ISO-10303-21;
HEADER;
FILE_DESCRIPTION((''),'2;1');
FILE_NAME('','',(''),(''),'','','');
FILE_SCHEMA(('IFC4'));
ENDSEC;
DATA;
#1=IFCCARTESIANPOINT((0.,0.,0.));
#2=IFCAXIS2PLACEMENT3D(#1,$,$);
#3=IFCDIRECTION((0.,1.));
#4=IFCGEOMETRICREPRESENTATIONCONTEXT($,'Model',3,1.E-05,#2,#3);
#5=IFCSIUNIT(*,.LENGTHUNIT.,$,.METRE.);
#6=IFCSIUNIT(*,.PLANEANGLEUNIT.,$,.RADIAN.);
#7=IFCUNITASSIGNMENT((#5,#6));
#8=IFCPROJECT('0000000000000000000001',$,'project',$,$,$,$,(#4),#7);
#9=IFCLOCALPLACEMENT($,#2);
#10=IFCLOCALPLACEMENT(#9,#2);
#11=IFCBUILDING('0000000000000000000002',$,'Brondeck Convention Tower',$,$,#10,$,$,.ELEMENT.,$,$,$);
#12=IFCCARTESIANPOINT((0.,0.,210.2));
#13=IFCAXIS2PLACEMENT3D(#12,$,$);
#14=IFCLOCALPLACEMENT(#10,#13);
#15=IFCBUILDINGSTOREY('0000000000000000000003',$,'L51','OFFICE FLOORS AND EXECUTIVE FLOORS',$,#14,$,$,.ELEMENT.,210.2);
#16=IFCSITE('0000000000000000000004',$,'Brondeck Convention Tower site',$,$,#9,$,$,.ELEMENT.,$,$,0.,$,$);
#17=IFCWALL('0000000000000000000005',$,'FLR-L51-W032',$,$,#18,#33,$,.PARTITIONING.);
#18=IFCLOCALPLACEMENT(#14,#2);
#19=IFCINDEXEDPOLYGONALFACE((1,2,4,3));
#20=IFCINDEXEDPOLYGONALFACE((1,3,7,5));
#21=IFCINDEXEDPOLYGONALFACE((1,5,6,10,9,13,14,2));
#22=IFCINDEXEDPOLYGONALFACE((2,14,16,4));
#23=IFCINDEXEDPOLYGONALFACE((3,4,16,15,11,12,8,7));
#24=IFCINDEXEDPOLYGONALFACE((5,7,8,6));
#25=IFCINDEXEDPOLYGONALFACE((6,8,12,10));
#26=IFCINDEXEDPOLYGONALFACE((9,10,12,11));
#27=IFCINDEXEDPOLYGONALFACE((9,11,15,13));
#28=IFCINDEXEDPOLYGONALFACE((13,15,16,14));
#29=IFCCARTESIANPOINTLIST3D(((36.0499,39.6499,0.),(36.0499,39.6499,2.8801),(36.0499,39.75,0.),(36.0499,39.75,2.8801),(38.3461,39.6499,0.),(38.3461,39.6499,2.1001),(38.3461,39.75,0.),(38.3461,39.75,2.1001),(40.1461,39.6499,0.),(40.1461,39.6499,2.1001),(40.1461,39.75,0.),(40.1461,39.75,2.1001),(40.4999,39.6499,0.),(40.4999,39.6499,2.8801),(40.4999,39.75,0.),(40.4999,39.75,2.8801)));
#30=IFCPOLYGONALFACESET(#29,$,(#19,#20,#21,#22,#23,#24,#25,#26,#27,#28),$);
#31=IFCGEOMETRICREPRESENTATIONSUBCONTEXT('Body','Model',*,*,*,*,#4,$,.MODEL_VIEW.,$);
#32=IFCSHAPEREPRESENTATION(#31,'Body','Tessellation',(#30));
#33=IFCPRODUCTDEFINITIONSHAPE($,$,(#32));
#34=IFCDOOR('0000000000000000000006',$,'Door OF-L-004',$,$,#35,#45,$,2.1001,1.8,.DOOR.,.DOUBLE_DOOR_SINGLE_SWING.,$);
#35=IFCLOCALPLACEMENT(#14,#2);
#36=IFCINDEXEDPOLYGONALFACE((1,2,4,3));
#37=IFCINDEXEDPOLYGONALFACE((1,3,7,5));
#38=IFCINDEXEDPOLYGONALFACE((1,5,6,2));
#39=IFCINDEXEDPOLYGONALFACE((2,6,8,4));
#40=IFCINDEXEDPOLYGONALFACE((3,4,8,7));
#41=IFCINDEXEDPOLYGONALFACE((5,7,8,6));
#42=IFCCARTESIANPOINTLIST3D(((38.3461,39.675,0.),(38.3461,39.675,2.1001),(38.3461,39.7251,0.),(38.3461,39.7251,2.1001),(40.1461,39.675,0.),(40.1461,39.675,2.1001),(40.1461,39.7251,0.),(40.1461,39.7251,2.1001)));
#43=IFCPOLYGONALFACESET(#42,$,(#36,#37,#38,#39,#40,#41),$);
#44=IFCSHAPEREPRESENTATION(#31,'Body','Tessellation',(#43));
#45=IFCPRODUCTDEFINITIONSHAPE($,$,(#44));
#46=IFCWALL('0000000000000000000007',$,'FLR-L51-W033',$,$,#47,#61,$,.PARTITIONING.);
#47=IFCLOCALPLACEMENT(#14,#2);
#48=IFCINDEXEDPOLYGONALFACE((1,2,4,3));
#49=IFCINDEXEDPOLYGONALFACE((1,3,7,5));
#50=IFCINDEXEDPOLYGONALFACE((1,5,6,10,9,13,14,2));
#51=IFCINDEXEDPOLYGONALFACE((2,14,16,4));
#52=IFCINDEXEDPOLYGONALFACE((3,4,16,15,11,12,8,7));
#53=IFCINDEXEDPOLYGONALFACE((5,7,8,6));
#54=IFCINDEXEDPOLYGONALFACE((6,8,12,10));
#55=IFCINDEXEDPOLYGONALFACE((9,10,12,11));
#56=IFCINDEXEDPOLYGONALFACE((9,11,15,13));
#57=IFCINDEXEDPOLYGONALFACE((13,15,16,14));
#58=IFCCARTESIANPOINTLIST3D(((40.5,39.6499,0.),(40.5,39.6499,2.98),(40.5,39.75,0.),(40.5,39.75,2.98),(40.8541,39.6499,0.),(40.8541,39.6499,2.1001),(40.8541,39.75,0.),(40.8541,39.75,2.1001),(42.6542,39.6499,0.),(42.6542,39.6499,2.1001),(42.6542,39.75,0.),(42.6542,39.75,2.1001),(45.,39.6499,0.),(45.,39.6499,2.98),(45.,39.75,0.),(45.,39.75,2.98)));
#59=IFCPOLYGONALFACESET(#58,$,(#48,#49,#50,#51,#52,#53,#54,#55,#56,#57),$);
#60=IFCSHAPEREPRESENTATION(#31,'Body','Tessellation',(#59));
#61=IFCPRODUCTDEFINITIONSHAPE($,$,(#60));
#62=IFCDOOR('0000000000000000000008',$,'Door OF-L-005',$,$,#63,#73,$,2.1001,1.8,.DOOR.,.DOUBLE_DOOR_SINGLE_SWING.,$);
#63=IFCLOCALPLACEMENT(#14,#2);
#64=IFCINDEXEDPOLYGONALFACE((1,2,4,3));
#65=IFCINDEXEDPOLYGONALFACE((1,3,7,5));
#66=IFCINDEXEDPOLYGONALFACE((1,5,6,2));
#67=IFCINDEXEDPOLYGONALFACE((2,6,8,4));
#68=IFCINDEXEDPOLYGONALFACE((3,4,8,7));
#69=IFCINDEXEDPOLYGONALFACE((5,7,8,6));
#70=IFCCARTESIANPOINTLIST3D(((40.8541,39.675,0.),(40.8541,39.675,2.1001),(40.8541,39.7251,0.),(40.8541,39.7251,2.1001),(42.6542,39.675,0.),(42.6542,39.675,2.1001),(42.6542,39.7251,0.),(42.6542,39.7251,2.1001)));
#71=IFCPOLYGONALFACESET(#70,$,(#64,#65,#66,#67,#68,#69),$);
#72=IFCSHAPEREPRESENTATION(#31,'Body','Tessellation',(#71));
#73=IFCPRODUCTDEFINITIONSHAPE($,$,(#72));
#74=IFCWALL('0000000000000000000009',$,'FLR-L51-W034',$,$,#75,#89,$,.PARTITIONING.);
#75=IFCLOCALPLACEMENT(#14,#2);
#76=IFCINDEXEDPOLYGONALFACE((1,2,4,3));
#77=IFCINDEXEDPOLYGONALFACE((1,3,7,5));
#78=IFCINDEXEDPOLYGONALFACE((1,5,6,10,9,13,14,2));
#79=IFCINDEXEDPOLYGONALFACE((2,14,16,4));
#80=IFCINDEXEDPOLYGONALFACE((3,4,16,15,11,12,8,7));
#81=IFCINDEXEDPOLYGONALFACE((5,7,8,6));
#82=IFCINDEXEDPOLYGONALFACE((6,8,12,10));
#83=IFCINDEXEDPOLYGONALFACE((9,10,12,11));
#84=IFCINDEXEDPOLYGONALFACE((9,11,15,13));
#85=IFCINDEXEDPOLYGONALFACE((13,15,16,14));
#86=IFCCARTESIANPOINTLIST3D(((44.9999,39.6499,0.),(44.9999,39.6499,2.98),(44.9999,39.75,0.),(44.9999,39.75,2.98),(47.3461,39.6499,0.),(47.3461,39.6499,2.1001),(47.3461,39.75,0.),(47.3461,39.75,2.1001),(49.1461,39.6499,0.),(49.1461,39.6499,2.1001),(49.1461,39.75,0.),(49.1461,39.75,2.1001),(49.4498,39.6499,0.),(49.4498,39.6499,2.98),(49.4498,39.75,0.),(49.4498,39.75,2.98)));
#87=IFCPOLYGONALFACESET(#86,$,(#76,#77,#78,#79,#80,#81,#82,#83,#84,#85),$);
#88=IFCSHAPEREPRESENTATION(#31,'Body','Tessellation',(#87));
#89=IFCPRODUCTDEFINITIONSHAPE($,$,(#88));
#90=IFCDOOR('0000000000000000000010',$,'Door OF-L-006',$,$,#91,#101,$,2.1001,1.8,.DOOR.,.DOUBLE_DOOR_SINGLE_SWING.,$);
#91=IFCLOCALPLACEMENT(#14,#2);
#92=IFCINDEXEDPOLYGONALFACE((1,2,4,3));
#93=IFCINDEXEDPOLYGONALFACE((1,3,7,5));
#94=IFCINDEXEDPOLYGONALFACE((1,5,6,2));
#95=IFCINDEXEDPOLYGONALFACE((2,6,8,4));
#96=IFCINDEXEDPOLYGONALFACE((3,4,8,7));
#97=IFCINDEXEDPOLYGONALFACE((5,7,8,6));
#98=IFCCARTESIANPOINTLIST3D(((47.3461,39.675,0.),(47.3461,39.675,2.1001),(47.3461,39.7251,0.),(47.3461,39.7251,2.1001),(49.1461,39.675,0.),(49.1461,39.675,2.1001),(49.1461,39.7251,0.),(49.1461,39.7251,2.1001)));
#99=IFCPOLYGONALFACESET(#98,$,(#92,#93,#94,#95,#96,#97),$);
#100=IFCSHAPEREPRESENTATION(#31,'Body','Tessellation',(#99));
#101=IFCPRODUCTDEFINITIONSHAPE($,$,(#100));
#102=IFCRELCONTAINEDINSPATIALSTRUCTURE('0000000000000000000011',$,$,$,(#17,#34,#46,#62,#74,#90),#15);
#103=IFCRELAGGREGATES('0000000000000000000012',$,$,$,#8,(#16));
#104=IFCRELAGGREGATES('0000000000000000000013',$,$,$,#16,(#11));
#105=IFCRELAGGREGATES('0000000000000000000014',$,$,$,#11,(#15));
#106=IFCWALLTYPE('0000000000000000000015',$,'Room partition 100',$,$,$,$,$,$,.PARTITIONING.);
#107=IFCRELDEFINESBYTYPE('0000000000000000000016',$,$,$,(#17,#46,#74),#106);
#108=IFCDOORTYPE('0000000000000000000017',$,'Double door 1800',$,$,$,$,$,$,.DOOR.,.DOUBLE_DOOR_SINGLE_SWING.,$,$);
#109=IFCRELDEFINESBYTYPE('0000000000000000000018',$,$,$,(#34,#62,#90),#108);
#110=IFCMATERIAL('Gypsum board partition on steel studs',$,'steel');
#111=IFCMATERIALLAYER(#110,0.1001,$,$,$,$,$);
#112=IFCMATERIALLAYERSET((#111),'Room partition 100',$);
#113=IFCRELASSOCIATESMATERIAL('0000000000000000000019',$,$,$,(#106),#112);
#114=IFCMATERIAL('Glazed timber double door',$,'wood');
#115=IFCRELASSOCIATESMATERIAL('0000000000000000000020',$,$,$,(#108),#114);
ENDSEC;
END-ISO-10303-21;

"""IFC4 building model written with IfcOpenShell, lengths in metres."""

from ifc_helpers import new_model, si_unit, direction, frame, frame_2d, origin, place, context, subcontext, project, spatial, rectangle, extrude, material, layer, layer_set, type_object, element, fill, save


model = new_model("IFC4")

# Units and contexts
model_context = context("Model", 3, precision=1e-05, world=origin(), true_north=direction((0.0, 1.0)))
body_context = subcontext(model_context, "Body", "Model", "MODEL_VIEW")
ifc_project = project(units=[si_unit("LENGTHUNIT", "METRE"), si_unit("PLANEANGLEUNIT", "RADIAN")], contexts=[model_context])

# Site, building, storey
site_placement = place(None, origin())
site = spatial("IfcSite", under=ifc_project, at=site_placement, Name="Brondeck Convention Tower site", CompositionType="ELEMENT", RefElevation=0.0)
building_placement = place(site_placement, origin())
building = spatial("IfcBuilding", under=site, at=building_placement, Name="Brondeck Convention Tower", CompositionType="ELEMENT")
storey_placement = place(building_placement, frame((0.0, 0.0, 210.2)))
storey = spatial("IfcBuildingStorey", under=building, at=storey_placement, Name="L51", Description="OFFICE FLOORS AND EXECUTIVE FLOORS", CompositionType="ELEMENT", Elevation=210.2)

# Shared definitions
ifc_material_1 = material(Name="Gypsum board partition on steel studs", Category="steel")
ifc_layer_1 = layer(ifc_material_1, 0.1001)
ifc_layer_set_1 = layer_set([ifc_layer_1], Name="Room partition 100")
wall_type_1 = type_object("IfcWallType", Name="Room partition 100", PredefinedType="PARTITIONING", material=ifc_layer_set_1)

# Walls, openings, doors
wall_1_placement = place(storey_placement, frame((40.5, 39.7, 0.0), z_axis=(0.0, 0.0, 1.0), x_axis=(-1.0, 0.0, 0.0)))
wall_1 = element("IfcWall", 1, at=wall_1_placement, inside=storey, type_object=wall_type_1, Name="FLR-L51-W032", PredefinedType="PARTITIONING", context=body_context, shape_type="SweptSolid", body=[
    extrude(rectangle(XDim=4.45, YDim=0.1001, at=frame_2d((2.2251, 0.0))), origin(), (0.0, 0.0, 1.0), 2.8801),
])
opening_1_placement = place(wall_1_placement, frame((0.354, 0.0, 0.0)))
opening_1 = element("IfcOpeningElement", 2, at=opening_1_placement, cuts=wall_1, PredefinedType="OPENING", context=body_context, shape_type="SweptSolid", body=[
    extrude(rectangle(XDim=1.8, YDim=2.1001, at=frame_2d((0.8999, 1.05))), frame((0.0, 0.0601, 0.0), z_axis=(0.0, -1.0, 0.0), x_axis=(1.0, 0.0, 0.0)), (0.0, 0.0, 1.0), 0.1201),
])
ifc_material_2 = material(Name="Glazed timber double door", Category="wood")
door_type = type_object("IfcDoorType", Name="Double door 1800", OperationType="DOUBLE_DOOR_SINGLE_SWING", PredefinedType="DOOR", material=ifc_material_2)
door_1_placement = place(opening_1_placement, origin())
door_1 = element("IfcDoor", 3, at=door_1_placement, inside=storey, type_object=door_type, Name="Door OF-L-004", OperationType="DOUBLE_DOOR_SINGLE_SWING", OverallHeight=2.1001, OverallWidth=1.8, PredefinedType="DOOR", context=body_context, shape_type="SweptSolid", body=[
    extrude(rectangle(XDim=1.8, YDim=2.1001, at=frame_2d((0.8999, 1.05))), frame((0.0, 0.0249, 0.0), z_axis=(0.0, -1.0, 0.0), x_axis=(1.0, 0.0, 0.0)), (0.0, 0.0, 1.0), 0.05),
])
fill(opening_1, door_1)
wall_2_placement = place(storey_placement, frame((45.0, 39.7, 0.0), z_axis=(0.0, 0.0, 1.0), x_axis=(-1.0, 0.0, 0.0)))
wall_2 = element("IfcWall", 4, at=wall_2_placement, inside=storey, type_object=wall_type_1, Name="FLR-L51-W033", PredefinedType="PARTITIONING", context=body_context, shape_type="SweptSolid", body=[
    extrude(rectangle(XDim=4.5, YDim=0.1001, at=frame_2d((2.25, 0.0))), origin(), (0.0, 0.0, 1.0), 2.98),
])
opening_2_placement = place(wall_2_placement, frame((2.3459, 0.0, 0.0)))
opening_2 = element("IfcOpeningElement", 5, at=opening_2_placement, cuts=wall_2, PredefinedType="OPENING", context=body_context, shape_type="SweptSolid", body=[
    extrude(rectangle(XDim=1.8, YDim=2.1001, at=frame_2d((0.8999, 1.05))), frame((0.0, 0.0601, 0.0), z_axis=(0.0, -1.0, 0.0), x_axis=(1.0, 0.0, 0.0)), (0.0, 0.0, 1.0), 0.1201),
])
door_2_placement = place(opening_2_placement, origin())
door_2 = element("IfcDoor", 6, at=door_2_placement, inside=storey, type_object=door_type, Name="Door OF-L-005", OperationType="DOUBLE_DOOR_SINGLE_SWING", OverallHeight=2.1001, OverallWidth=1.8, PredefinedType="DOOR", context=body_context, shape_type="SweptSolid", body=[
    extrude(rectangle(XDim=1.8, YDim=2.1001, at=frame_2d((0.8999, 1.05))), frame((0.0, 0.0249, 0.0), z_axis=(0.0, -1.0, 0.0), x_axis=(1.0, 0.0, 0.0)), (0.0, 0.0, 1.0), 0.05),
])
fill(opening_2, door_2)
wall_3_placement = place(storey_placement, frame((49.45, 39.7, 0.0), z_axis=(0.0, 0.0, 1.0), x_axis=(-1.0, 0.0, 0.0)))
wall_3 = element("IfcWall", 7, at=wall_3_placement, inside=storey, type_object=wall_type_1, Name="FLR-L51-W034", PredefinedType="PARTITIONING", context=body_context, shape_type="SweptSolid", body=[
    extrude(rectangle(XDim=4.45, YDim=0.1001, at=frame_2d((2.2251, 0.0))), origin(), (0.0, 0.0, 1.0), 2.98),
])
opening_3_placement = place(wall_3_placement, frame((0.304, 0.0, 0.0)))
opening_3 = element("IfcOpeningElement", 8, at=opening_3_placement, cuts=wall_3, PredefinedType="OPENING", context=body_context, shape_type="SweptSolid", body=[
    extrude(rectangle(XDim=1.8, YDim=2.1001, at=frame_2d((0.8999, 1.05))), frame((0.0, 0.0601, 0.0), z_axis=(0.0, -1.0, 0.0), x_axis=(1.0, 0.0, 0.0)), (0.0, 0.0, 1.0), 0.1201),
])
door_3_placement = place(opening_3_placement, origin())
door_3 = element("IfcDoor", 9, at=door_3_placement, inside=storey, type_object=door_type, Name="Door OF-L-006", OperationType="DOUBLE_DOOR_SINGLE_SWING", OverallHeight=2.1001, OverallWidth=1.8, PredefinedType="DOOR", context=body_context, shape_type="SweptSolid", body=[
    extrude(rectangle(XDim=1.8, YDim=2.1001, at=frame_2d((0.8999, 1.05))), frame((0.0, 0.0249, 0.0), z_axis=(0.0, -1.0, 0.0), x_axis=(1.0, 0.0, 0.0)), (0.0, 0.0, 1.0), 0.05),
])
fill(opening_3, door_3)

save(model, "model.ifc")
